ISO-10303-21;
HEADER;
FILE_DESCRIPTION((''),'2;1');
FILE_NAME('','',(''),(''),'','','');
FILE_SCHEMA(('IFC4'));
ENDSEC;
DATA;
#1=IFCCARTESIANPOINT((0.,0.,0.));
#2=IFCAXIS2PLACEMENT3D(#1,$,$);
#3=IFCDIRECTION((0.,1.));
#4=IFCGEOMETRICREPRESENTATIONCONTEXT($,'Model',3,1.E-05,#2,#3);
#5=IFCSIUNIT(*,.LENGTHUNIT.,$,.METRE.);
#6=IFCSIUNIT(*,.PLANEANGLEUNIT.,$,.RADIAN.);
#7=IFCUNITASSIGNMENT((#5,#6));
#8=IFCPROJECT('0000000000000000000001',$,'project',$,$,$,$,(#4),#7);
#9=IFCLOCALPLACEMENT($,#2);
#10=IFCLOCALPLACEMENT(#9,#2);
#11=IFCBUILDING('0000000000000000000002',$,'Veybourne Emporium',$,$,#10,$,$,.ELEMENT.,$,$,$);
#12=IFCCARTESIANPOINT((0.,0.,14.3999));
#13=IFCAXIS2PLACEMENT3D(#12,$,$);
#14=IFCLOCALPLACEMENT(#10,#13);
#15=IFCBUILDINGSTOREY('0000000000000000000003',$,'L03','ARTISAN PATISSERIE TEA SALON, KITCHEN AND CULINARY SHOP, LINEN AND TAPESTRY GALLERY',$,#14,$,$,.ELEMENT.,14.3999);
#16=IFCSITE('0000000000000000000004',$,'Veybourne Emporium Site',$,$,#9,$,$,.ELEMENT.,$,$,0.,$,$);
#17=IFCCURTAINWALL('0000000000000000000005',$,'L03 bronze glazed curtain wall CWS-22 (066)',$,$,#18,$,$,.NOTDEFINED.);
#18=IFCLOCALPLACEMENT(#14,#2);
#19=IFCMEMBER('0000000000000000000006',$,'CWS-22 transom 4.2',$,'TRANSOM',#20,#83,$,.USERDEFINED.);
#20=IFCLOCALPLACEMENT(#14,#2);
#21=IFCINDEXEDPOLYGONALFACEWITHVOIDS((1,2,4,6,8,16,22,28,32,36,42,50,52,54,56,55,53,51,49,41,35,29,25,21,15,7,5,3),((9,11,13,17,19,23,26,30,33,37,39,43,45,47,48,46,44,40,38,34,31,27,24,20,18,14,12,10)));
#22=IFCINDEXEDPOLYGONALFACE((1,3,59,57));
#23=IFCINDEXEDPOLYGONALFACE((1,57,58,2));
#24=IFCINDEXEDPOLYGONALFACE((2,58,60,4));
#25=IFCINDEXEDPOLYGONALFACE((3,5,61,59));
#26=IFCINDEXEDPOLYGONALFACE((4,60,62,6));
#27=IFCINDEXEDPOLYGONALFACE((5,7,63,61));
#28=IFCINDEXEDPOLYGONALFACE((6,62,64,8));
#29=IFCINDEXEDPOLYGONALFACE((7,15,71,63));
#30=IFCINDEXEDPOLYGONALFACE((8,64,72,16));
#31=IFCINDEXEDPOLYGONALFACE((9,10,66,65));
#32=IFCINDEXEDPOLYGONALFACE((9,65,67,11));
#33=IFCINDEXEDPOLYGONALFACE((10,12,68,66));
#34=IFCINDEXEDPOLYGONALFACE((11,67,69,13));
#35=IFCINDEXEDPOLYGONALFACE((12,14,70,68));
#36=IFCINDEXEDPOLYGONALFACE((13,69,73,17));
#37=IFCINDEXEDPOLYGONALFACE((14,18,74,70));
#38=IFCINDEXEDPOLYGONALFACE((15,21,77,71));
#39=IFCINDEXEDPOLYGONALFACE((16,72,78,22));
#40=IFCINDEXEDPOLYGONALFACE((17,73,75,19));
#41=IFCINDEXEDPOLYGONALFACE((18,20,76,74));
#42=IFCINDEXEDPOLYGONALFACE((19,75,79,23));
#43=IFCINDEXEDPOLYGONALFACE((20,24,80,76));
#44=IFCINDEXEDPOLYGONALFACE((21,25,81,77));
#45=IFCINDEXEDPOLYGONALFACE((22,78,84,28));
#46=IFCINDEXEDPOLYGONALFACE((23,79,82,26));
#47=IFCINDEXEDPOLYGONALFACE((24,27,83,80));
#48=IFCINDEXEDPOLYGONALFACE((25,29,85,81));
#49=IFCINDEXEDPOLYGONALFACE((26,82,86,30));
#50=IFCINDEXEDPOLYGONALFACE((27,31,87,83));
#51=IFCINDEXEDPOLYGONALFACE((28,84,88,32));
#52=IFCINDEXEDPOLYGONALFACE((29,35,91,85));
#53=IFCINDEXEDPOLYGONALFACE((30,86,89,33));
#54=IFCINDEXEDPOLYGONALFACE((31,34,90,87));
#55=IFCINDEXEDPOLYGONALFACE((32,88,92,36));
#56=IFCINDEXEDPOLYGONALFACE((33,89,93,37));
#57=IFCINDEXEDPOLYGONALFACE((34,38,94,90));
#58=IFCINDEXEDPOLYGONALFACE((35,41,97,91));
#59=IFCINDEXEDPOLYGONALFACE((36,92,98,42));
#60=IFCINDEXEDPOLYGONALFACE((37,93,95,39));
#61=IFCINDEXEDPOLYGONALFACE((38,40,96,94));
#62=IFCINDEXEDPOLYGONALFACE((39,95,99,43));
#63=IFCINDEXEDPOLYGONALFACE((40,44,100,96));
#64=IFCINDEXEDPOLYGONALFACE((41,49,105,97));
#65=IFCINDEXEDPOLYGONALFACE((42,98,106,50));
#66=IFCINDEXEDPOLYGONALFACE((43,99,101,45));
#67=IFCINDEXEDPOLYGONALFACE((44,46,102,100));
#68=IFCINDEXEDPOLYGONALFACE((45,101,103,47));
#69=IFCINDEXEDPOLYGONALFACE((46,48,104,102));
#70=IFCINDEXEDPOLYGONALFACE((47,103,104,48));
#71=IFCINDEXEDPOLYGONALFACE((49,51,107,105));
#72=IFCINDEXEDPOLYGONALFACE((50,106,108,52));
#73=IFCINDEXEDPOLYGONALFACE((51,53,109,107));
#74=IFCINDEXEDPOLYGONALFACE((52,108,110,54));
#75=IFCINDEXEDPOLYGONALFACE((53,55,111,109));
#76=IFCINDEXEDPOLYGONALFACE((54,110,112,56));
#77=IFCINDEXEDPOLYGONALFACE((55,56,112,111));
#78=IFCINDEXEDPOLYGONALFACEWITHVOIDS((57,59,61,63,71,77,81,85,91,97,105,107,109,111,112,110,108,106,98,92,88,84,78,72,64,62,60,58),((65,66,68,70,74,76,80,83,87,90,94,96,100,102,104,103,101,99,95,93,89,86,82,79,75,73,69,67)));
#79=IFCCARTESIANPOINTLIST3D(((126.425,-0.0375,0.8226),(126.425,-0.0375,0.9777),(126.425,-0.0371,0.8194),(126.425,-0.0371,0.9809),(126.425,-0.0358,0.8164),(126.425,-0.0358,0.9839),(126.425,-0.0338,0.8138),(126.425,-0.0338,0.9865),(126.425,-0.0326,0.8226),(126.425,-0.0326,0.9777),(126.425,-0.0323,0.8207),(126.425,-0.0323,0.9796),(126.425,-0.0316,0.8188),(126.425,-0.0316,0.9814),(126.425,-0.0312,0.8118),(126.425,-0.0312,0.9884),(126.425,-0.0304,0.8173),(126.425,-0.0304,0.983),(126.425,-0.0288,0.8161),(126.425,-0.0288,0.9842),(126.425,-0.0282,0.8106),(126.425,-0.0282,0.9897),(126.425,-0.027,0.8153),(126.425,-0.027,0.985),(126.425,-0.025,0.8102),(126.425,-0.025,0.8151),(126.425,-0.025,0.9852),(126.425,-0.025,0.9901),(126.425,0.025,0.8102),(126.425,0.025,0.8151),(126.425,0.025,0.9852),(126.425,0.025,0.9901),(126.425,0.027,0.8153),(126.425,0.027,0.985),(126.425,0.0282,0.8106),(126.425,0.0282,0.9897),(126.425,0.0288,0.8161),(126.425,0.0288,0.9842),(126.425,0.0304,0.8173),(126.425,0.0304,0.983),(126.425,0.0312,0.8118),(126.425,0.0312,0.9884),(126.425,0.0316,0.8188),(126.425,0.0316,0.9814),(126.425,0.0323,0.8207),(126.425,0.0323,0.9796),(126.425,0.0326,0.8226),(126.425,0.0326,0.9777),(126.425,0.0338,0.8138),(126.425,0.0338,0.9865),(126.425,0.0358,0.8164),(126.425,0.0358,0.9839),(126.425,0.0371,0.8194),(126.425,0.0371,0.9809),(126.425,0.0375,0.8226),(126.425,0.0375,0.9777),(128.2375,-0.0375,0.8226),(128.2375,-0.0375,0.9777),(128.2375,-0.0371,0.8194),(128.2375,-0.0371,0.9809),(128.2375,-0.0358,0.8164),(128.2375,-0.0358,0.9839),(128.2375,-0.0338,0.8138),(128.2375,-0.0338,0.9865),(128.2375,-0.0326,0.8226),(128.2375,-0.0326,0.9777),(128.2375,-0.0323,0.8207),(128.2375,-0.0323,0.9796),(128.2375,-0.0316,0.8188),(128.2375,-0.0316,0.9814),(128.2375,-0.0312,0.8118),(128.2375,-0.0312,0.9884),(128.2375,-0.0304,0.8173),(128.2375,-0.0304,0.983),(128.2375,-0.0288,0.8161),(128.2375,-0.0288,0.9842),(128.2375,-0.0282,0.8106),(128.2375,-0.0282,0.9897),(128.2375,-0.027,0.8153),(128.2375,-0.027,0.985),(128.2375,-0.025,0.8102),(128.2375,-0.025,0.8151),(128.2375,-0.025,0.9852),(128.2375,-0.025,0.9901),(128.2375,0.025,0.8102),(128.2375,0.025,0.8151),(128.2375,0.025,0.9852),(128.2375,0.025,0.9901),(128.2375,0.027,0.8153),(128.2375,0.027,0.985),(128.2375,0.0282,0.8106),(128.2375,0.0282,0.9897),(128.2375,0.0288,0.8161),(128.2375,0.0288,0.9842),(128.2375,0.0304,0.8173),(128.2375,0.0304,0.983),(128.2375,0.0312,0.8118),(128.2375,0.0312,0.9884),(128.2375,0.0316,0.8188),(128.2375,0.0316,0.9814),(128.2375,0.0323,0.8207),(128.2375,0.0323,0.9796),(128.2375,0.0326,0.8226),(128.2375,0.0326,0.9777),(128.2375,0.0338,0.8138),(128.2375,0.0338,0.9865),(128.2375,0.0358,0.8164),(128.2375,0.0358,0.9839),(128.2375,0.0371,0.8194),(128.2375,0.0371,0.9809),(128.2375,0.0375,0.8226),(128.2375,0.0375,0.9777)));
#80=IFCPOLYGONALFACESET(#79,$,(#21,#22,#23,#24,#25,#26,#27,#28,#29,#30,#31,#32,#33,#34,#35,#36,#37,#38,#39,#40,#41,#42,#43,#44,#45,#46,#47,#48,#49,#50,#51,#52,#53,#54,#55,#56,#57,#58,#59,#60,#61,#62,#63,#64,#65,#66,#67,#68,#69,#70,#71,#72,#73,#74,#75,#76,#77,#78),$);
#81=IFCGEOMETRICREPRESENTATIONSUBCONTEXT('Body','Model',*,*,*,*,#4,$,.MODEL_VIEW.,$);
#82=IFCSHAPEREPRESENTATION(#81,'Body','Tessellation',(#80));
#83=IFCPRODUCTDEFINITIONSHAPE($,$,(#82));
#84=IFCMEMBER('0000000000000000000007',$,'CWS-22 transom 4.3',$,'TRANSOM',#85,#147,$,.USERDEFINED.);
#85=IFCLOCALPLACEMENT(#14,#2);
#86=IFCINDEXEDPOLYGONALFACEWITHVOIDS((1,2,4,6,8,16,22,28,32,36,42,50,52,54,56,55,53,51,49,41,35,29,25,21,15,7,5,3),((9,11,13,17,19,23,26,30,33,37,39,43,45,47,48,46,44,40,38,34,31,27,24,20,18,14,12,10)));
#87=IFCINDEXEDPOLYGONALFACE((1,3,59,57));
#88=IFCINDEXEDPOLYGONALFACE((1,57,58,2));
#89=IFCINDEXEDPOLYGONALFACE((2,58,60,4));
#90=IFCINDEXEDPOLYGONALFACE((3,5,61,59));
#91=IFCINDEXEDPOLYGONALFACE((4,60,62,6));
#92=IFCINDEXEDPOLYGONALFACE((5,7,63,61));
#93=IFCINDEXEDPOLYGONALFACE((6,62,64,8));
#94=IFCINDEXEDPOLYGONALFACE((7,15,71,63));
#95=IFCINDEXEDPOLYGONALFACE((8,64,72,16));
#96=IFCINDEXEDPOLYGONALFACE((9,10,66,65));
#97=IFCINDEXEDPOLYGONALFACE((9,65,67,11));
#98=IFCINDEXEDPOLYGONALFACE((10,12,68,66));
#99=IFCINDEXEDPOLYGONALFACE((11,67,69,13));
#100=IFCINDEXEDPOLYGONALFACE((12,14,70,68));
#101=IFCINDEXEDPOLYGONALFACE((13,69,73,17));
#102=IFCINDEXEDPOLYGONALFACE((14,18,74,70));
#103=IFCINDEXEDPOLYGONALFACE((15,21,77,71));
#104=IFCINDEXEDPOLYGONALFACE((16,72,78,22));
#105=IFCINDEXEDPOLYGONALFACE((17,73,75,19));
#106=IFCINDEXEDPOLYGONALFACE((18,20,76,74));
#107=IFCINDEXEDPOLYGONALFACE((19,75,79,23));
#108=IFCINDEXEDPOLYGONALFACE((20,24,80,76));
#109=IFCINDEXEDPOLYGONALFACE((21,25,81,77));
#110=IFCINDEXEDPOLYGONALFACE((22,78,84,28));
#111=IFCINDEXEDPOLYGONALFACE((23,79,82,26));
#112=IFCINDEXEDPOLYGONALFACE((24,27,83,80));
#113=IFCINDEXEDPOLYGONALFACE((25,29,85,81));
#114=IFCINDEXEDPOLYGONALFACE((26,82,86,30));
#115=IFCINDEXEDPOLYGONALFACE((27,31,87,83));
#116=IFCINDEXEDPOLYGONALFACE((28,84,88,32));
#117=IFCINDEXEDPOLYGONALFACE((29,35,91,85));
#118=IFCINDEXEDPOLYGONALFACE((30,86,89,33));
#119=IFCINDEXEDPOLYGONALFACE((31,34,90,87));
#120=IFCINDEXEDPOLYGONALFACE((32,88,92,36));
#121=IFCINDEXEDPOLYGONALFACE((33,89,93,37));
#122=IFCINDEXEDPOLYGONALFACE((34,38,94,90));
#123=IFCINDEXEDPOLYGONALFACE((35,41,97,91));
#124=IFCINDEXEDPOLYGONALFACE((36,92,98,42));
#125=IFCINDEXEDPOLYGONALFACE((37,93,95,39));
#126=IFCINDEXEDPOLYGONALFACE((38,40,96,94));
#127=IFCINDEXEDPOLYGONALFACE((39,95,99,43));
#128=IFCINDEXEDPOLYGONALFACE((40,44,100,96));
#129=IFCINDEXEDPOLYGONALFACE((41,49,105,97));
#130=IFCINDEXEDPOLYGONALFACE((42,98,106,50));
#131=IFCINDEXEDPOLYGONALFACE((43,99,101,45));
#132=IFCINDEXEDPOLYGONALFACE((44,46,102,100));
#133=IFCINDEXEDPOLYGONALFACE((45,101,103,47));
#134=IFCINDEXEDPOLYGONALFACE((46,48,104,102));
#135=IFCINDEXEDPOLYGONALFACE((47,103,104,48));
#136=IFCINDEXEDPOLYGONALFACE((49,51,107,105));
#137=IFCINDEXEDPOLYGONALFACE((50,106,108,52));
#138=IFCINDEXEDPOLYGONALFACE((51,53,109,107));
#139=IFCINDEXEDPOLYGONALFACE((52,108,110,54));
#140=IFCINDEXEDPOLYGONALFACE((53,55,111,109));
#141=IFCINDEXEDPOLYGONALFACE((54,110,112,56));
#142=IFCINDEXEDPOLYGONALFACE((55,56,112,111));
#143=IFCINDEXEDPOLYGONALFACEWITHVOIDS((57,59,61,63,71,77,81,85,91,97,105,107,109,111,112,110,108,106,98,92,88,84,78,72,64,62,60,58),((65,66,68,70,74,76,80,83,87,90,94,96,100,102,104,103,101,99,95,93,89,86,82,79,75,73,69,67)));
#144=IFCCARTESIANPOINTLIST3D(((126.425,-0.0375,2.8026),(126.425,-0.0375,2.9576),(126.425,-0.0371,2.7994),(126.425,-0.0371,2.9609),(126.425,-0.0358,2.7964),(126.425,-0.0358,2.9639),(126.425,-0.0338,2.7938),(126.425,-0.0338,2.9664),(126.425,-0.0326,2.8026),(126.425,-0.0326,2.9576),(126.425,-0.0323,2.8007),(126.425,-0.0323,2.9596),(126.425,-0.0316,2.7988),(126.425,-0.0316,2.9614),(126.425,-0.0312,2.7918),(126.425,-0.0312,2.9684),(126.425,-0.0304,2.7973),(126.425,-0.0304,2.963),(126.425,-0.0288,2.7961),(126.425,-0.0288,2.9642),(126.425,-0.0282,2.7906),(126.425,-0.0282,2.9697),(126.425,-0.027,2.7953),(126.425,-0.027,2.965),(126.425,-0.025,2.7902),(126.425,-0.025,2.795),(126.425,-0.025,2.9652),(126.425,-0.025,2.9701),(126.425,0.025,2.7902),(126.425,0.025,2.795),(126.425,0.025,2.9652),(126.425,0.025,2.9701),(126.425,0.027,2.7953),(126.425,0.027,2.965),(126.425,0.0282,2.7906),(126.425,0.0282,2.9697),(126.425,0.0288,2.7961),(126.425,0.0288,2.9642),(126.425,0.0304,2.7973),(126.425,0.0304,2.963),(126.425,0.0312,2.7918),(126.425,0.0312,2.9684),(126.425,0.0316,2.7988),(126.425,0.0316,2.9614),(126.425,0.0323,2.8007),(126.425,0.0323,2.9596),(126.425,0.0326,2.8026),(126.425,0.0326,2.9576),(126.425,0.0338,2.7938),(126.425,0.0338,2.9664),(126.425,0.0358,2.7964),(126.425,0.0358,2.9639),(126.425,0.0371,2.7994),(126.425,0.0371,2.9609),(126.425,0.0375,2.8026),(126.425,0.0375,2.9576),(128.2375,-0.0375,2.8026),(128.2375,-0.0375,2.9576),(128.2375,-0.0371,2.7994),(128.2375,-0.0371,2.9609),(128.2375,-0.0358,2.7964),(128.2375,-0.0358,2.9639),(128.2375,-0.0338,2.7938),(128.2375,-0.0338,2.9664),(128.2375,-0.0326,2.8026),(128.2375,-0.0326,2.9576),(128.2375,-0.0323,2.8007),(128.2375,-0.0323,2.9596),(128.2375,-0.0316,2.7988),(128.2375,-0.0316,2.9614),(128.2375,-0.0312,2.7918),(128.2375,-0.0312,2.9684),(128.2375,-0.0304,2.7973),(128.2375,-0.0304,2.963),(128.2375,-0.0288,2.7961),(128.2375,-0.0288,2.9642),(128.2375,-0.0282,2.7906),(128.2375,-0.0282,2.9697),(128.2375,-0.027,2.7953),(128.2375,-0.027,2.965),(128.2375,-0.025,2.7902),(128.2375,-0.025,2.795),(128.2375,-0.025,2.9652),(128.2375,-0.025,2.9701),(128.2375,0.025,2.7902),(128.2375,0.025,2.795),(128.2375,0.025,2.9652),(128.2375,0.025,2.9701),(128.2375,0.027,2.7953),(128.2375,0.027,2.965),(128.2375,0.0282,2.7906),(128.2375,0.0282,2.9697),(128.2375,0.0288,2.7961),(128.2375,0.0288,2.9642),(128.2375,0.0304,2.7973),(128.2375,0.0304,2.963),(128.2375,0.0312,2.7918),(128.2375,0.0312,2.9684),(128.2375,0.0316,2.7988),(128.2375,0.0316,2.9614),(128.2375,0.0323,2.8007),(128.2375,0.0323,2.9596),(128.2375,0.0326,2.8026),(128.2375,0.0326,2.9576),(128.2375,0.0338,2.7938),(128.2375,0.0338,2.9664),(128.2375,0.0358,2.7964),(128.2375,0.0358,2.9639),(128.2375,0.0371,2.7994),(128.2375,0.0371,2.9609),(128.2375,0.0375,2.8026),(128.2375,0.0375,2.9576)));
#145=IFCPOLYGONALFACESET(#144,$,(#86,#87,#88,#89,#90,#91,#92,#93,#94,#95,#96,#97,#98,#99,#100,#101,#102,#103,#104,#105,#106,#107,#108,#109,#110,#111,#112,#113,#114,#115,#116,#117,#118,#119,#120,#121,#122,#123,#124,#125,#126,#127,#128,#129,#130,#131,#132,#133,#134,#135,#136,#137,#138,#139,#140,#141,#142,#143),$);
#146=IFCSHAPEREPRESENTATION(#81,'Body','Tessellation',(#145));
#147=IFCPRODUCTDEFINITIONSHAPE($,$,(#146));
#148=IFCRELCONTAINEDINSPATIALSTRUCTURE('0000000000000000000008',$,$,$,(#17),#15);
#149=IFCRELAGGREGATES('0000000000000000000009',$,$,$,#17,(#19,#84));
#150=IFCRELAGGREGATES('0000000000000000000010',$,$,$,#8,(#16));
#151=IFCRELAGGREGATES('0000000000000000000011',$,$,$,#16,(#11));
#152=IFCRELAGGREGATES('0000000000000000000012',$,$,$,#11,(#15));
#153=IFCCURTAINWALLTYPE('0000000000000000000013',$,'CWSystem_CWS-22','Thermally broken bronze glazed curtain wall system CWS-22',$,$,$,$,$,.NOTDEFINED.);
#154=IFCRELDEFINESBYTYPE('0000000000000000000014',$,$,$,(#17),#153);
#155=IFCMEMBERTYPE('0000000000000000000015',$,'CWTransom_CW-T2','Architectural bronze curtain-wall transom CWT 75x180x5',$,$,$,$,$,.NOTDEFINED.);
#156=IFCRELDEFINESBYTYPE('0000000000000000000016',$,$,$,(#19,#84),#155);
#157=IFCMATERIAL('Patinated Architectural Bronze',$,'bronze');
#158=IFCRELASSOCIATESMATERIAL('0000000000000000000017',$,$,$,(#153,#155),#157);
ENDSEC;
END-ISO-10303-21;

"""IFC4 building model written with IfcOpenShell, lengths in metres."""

from ifc_helpers import new_model, si_unit, direction, frame, origin, origin_2d, place, context, subcontext, project, spatial, hollow_rectangle, extrude, material, material_profile, profile_set, type_object, element, aggregate, save


model = new_model("IFC4")

# Units and contexts
model_context = context("Model", 3, precision=1e-05, world=origin(), true_north=direction((0.0, 1.0)))
body_context = subcontext(model_context, "Body", "Model", "MODEL_VIEW")
ifc_project = project(units=[si_unit("LENGTHUNIT", "METRE"), si_unit("PLANEANGLEUNIT", "RADIAN")], contexts=[model_context])

# Site, building, storey
site_placement = place(None, origin())
site = spatial("IfcSite", under=ifc_project, at=site_placement, Name="Veybourne Emporium Site", CompositionType="ELEMENT", RefElevation=0.0)
building_placement = place(site_placement, origin())
building = spatial("IfcBuilding", under=site, at=building_placement, Name="Veybourne Emporium", CompositionType="ELEMENT")
storey_placement = place(building_placement, frame((0.0, 0.0, 14.3999)))
storey = spatial("IfcBuildingStorey", under=building, at=storey_placement, Name="L03", Description="ARTISAN PATISSERIE TEA SALON, KITCHEN AND CULINARY SHOP, LINEN AND TAPESTRY GALLERY", CompositionType="ELEMENT", Elevation=14.3999)

# Curtain wall, members
ifc_material_1 = material(Name="Patinated Architectural Bronze", Category="bronze")
curtain_wall_type = type_object("IfcCurtainWallType", Name="CWSystem_CWS-22", Description="Thermally broken bronze glazed curtain wall system CWS-22", PredefinedType="NOTDEFINED", material=ifc_material_1)
curtain_wall_placement = place(storey_placement, origin())
curtain_wall = element("IfcCurtainWall", 1, at=curtain_wall_placement, inside=storey, type_object=curtain_wall_type, Name="L03 bronze glazed curtain wall CWS-22 (066)", PredefinedType="NOTDEFINED")
ifc_material_profile_1 = material_profile(ifc_material_1, hollow_rectangle(XDim=0.075, YDim=0.1799, WallThickness=0.0049, InnerFilletRadius=0.0076, OuterFilletRadius=0.0125, at=origin_2d()), Name="CWT 75x180x5")
ifc_profile_set_1 = profile_set([ifc_material_profile_1], Name="Patinated Architectural Bronze")
member_type_1 = type_object("IfcMemberType", Name="CWTransom_CW-T2", Description="Architectural bronze curtain-wall transom CWT 75x180x5", PredefinedType="NOTDEFINED", material=ifc_profile_set_1)
member_1_placement = place(storey_placement, frame((128.2375, 0.0, 0.9001), z_axis=(-1.0, 0.0, 0.0), x_axis=(0.0, -1.0, 0.0)))
member_1 = element("IfcMember", 2, at=member_1_placement, type_object=member_type_1, Name="CWS-22 transom 4.2", ObjectType="TRANSOM", PredefinedType="USERDEFINED", context=body_context, shape_type="SweptSolid", body=[
    extrude(hollow_rectangle(XDim=0.075, YDim=0.1799, WallThickness=0.0049, InnerFilletRadius=0.0076, OuterFilletRadius=0.0125, at=origin_2d()), origin(), (0.0, 0.0, 1.0), 1.8125),
])
member_2_placement = place(storey_placement, frame((128.2375, 0.0, 2.8801), z_axis=(-1.0, 0.0, 0.0), x_axis=(0.0, -1.0, 0.0)))
member_2 = element("IfcMember", 3, at=member_2_placement, type_object=member_type_1, Name="CWS-22 transom 4.3", ObjectType="TRANSOM", PredefinedType="USERDEFINED", context=body_context, shape_type="SweptSolid", body=[
    extrude(hollow_rectangle(XDim=0.075, YDim=0.1799, WallThickness=0.0049, InnerFilletRadius=0.0076, OuterFilletRadius=0.0125, at=origin_2d()), origin(), (0.0, 0.0, 1.0), 1.8125),
])

aggregate(curtain_wall, [member_1, member_2])

save(model, "model.ifc")
